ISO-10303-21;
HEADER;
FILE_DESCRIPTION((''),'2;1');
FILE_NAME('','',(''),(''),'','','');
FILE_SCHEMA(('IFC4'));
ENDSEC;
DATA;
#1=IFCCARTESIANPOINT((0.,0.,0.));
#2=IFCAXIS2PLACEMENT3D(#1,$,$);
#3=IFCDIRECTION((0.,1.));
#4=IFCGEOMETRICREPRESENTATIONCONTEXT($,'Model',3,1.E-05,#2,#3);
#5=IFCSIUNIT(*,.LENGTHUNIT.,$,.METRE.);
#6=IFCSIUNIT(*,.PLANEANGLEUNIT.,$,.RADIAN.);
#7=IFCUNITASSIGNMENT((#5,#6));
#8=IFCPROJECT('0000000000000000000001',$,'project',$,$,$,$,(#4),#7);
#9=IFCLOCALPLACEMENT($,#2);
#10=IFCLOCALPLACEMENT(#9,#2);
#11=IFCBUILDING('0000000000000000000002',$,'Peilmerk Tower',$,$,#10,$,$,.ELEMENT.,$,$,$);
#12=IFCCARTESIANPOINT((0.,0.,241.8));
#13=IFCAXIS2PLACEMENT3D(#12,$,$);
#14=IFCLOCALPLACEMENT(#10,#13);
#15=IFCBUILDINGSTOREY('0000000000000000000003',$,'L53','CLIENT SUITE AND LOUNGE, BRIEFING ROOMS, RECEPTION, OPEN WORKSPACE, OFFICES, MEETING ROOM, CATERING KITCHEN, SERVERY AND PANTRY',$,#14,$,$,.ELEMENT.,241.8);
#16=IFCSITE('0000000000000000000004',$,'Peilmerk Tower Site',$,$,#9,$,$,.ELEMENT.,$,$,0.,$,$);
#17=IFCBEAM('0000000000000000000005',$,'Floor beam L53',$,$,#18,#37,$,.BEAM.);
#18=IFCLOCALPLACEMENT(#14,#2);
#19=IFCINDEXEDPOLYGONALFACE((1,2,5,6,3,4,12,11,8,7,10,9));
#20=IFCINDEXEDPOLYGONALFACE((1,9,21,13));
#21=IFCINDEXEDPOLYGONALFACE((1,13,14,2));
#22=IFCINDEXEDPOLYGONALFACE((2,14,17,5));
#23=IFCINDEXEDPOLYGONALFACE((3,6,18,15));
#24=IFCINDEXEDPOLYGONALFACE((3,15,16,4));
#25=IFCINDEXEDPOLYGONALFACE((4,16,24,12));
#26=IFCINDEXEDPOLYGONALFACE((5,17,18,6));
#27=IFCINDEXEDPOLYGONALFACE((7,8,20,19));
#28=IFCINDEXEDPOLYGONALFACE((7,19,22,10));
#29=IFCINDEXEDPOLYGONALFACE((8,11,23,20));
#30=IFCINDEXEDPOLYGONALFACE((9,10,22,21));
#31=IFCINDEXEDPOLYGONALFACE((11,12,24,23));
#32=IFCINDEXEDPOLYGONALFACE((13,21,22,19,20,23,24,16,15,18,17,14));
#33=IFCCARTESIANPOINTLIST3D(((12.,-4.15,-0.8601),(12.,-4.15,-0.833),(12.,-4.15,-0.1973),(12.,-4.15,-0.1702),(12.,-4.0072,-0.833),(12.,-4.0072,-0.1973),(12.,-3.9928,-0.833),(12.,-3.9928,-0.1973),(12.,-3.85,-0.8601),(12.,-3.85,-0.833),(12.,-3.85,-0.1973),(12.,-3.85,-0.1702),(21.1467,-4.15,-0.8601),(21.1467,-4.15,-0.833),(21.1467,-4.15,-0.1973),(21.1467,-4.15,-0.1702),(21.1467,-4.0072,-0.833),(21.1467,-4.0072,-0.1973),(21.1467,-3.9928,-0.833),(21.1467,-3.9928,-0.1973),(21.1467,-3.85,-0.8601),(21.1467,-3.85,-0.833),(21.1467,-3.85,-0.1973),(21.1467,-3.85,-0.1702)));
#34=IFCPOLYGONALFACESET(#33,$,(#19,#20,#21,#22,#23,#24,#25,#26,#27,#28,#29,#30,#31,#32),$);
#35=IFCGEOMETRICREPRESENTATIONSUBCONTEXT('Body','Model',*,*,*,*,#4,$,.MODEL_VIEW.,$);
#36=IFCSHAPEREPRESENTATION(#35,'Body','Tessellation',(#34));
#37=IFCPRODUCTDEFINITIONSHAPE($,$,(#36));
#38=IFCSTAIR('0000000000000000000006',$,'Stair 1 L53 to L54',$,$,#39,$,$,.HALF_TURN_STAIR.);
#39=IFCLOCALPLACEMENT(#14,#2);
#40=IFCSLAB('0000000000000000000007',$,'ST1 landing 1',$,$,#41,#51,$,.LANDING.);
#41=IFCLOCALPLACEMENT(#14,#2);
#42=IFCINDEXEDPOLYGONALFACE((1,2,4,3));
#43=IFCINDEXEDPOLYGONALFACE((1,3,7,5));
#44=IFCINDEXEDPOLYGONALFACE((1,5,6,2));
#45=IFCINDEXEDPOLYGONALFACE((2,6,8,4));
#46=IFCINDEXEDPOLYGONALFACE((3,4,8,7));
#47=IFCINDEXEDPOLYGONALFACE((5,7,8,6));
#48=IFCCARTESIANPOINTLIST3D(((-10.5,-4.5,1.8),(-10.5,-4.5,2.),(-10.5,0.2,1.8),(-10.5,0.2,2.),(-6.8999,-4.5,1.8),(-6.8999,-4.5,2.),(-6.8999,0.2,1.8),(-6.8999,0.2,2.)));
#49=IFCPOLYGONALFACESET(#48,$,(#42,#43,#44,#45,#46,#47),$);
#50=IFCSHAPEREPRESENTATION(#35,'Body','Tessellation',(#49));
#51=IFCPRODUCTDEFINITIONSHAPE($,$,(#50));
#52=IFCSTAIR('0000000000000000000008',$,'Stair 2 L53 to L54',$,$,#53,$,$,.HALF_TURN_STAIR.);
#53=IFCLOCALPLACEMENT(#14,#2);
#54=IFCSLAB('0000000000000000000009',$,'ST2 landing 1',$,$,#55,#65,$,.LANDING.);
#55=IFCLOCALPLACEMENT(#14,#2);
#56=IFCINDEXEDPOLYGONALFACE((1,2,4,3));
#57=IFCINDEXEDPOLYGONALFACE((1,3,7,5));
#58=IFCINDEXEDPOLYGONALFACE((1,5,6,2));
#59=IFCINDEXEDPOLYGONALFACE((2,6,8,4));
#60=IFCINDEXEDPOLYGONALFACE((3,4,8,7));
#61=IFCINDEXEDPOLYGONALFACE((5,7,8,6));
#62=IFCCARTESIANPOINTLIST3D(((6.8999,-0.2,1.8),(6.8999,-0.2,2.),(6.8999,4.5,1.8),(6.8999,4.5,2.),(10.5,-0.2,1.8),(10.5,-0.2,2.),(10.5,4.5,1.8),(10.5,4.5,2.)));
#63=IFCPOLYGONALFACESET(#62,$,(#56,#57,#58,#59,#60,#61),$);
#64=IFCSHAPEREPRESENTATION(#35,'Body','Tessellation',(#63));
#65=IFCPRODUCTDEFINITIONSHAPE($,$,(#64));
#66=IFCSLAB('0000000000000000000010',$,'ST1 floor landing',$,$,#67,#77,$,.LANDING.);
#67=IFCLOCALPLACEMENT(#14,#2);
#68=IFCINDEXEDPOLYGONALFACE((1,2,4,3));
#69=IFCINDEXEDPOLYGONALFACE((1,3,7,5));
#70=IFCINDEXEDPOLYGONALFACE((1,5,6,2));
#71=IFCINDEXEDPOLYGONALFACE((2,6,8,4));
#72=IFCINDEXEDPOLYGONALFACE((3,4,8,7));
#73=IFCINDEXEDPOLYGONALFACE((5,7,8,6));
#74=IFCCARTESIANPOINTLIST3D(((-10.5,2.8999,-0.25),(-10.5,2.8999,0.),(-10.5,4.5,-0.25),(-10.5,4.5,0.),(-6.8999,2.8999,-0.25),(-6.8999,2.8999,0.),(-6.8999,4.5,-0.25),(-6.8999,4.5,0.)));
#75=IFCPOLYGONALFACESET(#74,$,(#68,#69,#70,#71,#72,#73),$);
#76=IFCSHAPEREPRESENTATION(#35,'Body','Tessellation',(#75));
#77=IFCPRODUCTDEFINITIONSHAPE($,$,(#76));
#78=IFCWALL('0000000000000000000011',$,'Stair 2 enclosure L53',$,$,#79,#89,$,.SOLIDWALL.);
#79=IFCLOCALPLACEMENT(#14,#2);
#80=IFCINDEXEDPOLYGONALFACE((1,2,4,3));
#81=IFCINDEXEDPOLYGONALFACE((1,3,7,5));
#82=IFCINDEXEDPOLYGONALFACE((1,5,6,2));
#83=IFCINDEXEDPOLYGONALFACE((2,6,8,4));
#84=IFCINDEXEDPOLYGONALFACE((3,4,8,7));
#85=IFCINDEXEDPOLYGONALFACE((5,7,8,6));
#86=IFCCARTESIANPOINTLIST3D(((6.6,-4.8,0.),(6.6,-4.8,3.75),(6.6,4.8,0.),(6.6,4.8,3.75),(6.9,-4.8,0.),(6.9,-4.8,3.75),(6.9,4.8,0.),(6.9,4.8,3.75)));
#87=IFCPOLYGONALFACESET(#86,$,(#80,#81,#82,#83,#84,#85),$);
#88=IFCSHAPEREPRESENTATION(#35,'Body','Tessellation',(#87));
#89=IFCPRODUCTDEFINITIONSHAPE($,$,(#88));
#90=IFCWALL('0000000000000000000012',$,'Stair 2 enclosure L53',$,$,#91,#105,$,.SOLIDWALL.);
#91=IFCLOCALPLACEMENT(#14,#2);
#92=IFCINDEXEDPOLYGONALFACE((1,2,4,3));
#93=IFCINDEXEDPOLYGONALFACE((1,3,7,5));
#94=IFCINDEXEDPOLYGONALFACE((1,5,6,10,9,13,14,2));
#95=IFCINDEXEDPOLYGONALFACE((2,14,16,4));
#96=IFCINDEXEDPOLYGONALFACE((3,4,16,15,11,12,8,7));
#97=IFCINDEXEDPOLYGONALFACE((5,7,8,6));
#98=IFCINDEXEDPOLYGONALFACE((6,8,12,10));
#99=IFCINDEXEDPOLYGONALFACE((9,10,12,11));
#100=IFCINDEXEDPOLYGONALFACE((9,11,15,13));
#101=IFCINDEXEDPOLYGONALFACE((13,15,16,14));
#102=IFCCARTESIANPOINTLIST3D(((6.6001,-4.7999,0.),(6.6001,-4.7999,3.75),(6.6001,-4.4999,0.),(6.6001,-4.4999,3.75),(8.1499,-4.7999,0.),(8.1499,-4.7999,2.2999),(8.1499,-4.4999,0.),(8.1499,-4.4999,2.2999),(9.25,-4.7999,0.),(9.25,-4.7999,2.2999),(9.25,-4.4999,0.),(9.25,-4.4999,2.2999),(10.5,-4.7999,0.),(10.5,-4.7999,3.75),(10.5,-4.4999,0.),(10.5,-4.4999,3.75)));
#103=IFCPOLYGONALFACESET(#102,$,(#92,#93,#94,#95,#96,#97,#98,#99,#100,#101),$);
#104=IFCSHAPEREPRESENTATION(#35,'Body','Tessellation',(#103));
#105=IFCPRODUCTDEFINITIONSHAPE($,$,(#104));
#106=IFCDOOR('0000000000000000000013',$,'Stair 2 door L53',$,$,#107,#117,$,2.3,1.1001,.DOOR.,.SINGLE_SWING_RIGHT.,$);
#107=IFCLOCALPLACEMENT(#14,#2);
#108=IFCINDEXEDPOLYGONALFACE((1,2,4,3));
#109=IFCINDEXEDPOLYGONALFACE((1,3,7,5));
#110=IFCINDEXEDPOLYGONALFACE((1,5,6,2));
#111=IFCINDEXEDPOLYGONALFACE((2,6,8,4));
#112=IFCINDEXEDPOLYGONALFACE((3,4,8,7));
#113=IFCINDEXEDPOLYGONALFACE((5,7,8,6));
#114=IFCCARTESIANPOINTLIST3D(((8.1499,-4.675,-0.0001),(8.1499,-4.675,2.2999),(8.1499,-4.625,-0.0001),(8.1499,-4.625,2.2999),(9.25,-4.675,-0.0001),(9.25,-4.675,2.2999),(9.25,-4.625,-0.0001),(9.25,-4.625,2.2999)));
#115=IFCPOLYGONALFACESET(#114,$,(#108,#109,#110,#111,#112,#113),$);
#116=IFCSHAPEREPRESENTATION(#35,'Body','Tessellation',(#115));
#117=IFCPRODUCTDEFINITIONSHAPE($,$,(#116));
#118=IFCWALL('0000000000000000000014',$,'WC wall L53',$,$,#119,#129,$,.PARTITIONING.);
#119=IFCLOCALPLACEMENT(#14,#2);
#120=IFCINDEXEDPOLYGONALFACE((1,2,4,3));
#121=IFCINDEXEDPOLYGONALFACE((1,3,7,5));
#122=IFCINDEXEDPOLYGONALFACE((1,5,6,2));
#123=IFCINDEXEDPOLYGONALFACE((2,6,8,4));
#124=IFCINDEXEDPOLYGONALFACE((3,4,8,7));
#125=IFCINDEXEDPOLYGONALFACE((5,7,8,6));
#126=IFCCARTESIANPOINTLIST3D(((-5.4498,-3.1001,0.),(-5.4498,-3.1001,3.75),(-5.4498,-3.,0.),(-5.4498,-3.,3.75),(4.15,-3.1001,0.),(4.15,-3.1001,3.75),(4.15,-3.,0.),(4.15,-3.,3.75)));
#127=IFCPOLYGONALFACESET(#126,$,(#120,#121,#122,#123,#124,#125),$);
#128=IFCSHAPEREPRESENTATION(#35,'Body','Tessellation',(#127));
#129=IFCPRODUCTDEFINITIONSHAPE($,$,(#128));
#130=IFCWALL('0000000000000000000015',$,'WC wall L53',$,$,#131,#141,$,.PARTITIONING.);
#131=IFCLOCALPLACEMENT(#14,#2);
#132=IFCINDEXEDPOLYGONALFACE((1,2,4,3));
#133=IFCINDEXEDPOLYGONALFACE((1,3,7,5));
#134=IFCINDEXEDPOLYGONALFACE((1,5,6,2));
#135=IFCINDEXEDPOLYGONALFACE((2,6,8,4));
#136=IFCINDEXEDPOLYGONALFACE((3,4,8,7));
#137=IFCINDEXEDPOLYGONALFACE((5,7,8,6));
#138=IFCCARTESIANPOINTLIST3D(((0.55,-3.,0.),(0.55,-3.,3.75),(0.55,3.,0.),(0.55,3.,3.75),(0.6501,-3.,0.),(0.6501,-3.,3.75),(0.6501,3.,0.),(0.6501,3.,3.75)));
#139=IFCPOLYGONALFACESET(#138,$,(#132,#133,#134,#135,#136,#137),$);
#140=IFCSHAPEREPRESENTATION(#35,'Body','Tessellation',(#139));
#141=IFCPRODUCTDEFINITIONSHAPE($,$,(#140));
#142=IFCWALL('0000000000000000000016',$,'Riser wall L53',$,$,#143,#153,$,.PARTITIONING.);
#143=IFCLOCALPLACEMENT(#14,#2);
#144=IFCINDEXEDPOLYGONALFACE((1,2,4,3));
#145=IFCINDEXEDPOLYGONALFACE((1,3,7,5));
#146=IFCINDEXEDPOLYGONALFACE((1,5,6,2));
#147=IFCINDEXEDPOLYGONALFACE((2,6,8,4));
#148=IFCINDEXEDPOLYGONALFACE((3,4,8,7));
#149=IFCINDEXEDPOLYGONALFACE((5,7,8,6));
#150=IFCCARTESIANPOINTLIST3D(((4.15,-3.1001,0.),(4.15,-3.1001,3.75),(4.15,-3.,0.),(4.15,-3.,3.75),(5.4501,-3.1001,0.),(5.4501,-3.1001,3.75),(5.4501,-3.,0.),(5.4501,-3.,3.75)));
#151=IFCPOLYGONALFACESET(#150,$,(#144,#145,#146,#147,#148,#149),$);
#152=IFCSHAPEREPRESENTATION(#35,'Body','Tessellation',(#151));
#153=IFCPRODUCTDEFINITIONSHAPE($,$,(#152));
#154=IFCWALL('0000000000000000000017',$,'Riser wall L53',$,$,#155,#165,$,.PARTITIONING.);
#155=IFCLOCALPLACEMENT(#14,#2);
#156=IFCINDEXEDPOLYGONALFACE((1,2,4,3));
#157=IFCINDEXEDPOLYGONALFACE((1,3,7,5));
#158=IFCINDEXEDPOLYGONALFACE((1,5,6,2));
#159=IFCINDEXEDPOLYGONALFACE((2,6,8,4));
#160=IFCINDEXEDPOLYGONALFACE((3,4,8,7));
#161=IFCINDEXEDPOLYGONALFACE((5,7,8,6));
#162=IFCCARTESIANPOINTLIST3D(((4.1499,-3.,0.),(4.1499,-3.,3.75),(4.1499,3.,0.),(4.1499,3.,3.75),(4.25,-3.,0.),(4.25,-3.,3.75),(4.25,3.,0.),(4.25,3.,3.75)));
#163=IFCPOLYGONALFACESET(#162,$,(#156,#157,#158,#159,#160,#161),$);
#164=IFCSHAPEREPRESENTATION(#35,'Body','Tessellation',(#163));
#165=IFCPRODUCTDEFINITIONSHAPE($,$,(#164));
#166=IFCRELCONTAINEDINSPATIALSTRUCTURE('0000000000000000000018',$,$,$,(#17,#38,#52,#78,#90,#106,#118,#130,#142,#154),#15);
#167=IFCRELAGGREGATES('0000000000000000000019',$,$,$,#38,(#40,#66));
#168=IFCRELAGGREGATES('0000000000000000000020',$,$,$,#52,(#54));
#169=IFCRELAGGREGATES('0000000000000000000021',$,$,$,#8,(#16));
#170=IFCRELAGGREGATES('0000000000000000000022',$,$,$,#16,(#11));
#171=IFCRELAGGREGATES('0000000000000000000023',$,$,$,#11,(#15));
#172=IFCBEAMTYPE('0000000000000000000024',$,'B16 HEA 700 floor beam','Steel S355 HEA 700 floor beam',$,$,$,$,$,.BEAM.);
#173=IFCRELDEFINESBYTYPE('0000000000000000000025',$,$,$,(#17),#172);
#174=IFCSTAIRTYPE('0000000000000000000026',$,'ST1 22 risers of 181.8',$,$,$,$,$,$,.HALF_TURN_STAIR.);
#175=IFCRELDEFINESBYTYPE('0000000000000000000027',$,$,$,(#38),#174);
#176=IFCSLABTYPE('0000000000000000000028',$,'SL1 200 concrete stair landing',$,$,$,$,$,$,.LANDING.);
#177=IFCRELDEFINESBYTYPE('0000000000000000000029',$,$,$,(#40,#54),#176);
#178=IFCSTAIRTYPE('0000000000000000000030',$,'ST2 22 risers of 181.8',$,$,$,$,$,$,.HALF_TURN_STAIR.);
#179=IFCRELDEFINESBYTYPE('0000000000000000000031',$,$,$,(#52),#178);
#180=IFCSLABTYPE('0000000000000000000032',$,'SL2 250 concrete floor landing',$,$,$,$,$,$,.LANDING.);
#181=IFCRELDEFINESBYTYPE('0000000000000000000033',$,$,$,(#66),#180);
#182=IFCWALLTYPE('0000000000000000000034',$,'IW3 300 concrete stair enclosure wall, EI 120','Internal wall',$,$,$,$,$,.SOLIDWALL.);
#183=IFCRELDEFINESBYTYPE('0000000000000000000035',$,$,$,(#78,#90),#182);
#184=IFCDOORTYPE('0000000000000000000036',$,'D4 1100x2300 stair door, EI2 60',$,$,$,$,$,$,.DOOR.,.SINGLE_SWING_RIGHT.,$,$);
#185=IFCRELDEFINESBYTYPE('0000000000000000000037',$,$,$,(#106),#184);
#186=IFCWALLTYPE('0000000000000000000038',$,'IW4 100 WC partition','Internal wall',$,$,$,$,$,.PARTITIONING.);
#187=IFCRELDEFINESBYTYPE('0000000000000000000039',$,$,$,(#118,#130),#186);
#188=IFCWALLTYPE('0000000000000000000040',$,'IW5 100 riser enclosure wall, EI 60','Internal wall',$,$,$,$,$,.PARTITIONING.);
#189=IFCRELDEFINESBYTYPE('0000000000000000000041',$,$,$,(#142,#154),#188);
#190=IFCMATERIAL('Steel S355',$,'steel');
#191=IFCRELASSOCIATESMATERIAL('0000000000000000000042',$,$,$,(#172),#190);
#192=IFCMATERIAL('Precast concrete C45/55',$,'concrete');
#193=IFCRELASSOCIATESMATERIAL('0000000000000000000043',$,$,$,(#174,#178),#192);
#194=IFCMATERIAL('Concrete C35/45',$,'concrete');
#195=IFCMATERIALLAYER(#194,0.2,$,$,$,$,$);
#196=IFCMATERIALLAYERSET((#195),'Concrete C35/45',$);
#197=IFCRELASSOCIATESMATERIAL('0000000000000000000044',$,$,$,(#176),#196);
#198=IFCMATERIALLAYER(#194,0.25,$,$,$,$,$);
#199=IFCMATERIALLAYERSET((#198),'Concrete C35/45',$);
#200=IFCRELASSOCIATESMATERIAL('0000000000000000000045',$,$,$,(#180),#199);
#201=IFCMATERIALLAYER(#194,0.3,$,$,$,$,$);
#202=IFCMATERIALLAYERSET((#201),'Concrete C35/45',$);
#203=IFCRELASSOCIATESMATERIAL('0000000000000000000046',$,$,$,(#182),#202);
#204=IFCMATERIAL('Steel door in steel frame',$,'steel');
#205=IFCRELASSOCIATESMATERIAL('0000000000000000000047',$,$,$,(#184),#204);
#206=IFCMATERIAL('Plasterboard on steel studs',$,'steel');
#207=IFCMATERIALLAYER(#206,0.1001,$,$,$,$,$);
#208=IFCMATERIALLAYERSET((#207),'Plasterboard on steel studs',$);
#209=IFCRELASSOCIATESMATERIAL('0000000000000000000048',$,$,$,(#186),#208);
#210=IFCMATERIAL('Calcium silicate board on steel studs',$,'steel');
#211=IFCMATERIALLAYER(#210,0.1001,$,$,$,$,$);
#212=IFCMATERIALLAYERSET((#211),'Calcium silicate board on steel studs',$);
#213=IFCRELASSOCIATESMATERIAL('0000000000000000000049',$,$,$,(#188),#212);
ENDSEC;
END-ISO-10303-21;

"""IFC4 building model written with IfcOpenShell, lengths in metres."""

from ifc_helpers import new_model, si_unit, direction, frame, frame_2d, origin, origin_2d, place, context, subcontext, project, spatial, polyline, rectangle, i_section, outline, extrude, material, layer, layer_set, material_profile, profile_set, type_object, element, fill, aggregate, save


model = new_model("IFC4")

# Units and contexts
model_context = context("Model", 3, precision=1e-05, world=origin(), true_north=direction((0.0, 1.0)))
body_context = subcontext(model_context, "Body", "Model", "MODEL_VIEW")
ifc_project = project(units=[si_unit("LENGTHUNIT", "METRE"), si_unit("PLANEANGLEUNIT", "RADIAN")], contexts=[model_context])

# Site, building, storey
site_placement = place(None, origin())
site = spatial("IfcSite", under=ifc_project, at=site_placement, Name="Peilmerk Tower Site", CompositionType="ELEMENT", RefElevation=0.0)
building_placement = place(site_placement, origin())
building = spatial("IfcBuilding", under=site, at=building_placement, Name="Peilmerk Tower", CompositionType="ELEMENT")
storey_placement = place(building_placement, frame((0.0, 0.0, 241.8)))
storey = spatial("IfcBuildingStorey", under=building, at=storey_placement, Name="L53", Description="CLIENT SUITE AND LOUNGE, BRIEFING ROOMS, RECEPTION, OPEN WORKSPACE, OFFICES, MEETING ROOM, CATERING KITCHEN, SERVERY AND PANTRY", CompositionType="ELEMENT", Elevation=241.8)

# Beam
ifc_material_1 = material(Name="Steel S355", Category="steel")
ifc_material_profile = material_profile(ifc_material_1, i_section(OverallWidth=0.3, OverallDepth=0.6899, WebThickness=0.0144, FlangeThickness=0.0271, at=origin_2d()), Name="HEA 700")
ifc_profile_set = profile_set([ifc_material_profile], Name="Steel S355")
beam_type = type_object("IfcBeamType", Name="B16 HEA 700 floor beam", Description="Steel S355 HEA 700 floor beam", PredefinedType="BEAM", material=ifc_profile_set)
beam_placement = place(storey_placement, frame((12.0, -4.0, -0.5151), z_axis=(1.0, 0.0, 0.0), x_axis=(0.0, 1.0, 0.0)))
element("IfcBeam", 1, at=beam_placement, inside=storey, type_object=beam_type, Name="Floor beam L53", PredefinedType="BEAM", context=body_context, shape_type="SweptSolid", body=[
    extrude(i_section(OverallWidth=0.3, OverallDepth=0.6899, WebThickness=0.0144, FlangeThickness=0.0271, at=origin_2d()), origin(), (0.0, 0.0, 1.0), 9.1467),
])

# Stairs, slabs
ifc_material_2 = material(Name="Precast concrete C45/55", Category="concrete")
stair_type_1 = type_object("IfcStairType", Name="ST1 22 risers of 181.8", PredefinedType="HALF_TURN_STAIR", material=ifc_material_2)
stair_1_placement = place(storey_placement, origin())
stair_1 = element("IfcStair", 2, at=stair_1_placement, inside=storey, type_object=stair_type_1, Name="Stair 1 L53 to L54", PredefinedType="HALF_TURN_STAIR")
ifc_material_3 = material(Name="Concrete C35/45", Category="concrete")
ifc_layer_1 = layer(ifc_material_3, 0.2)
ifc_layer_set_1 = layer_set([ifc_layer_1], Name="Concrete C35/45")
slab_type_1 = type_object("IfcSlabType", Name="SL1 200 concrete stair landing", PredefinedType="LANDING", material=ifc_layer_set_1)
slab_1_placement = place(storey_placement, frame((0.0, 0.0, 1.8)))
slab_1 = element("IfcSlab", 3, at=slab_1_placement, type_object=slab_type_1, Name="ST1 landing 1", PredefinedType="LANDING", context=body_context, shape_type="SweptSolid", body=[
    extrude(outline(polyline([(-10.5, -4.5), (-6.8999, -4.5), (-6.8999, 0.2), (-10.5, 0.2), (-10.5, -4.5)])), origin(), (0.0, 0.0, 1.0), 0.2),
])
stair_type_2 = type_object("IfcStairType", Name="ST2 22 risers of 181.8", PredefinedType="HALF_TURN_STAIR", material=ifc_material_2)
stair_2_placement = place(storey_placement, origin())
stair_2 = element("IfcStair", 4, at=stair_2_placement, inside=storey, type_object=stair_type_2, Name="Stair 2 L53 to L54", PredefinedType="HALF_TURN_STAIR")
slab_2_placement = place(storey_placement, frame((0.0, 0.0, 1.8)))
slab_2 = element("IfcSlab", 5, at=slab_2_placement, type_object=slab_type_1, Name="ST2 landing 1", PredefinedType="LANDING", context=body_context, shape_type="SweptSolid", body=[
    extrude(outline(polyline([(6.8999, -0.2), (10.5, -0.2), (10.5, 4.5), (6.8999, 4.5), (6.8999, -0.2)])), origin(), (0.0, 0.0, 1.0), 0.2),
])

# Slab
ifc_layer_2 = layer(ifc_material_3, 0.25)
ifc_layer_set_2 = layer_set([ifc_layer_2], Name="Concrete C35/45")
slab_type_2 = type_object("IfcSlabType", Name="SL2 250 concrete floor landing", PredefinedType="LANDING", material=ifc_layer_set_2)
slab_3_placement = place(storey_placement, frame((0.0, 0.0, -0.25)))
slab_3 = element("IfcSlab", 6, at=slab_3_placement, type_object=slab_type_2, Name="ST1 floor landing", PredefinedType="LANDING", context=body_context, shape_type="SweptSolid", body=[
    extrude(outline(polyline([(-10.5, 2.8999), (-6.8999, 2.8999), (-6.8999, 4.5), (-10.5, 4.5), (-10.5, 2.8999)])), origin(), (0.0, 0.0, 1.0), 0.25),
])
aggregate(stair_1, [slab_1, slab_3])

# Wall
ifc_layer_3 = layer(ifc_material_3, 0.3)
ifc_layer_set_3 = layer_set([ifc_layer_3], Name="Concrete C35/45")
wall_type_1 = type_object("IfcWallType", Name="IW3 300 concrete stair enclosure wall, EI 120", Description="Internal wall", PredefinedType="SOLIDWALL", material=ifc_layer_set_3)
wall_1_placement = place(storey_placement, frame((6.75, -4.8, 0.0), z_axis=(0.0, 0.0, 1.0), x_axis=(0.0, 1.0, 0.0)))
element("IfcWall", 7, at=wall_1_placement, inside=storey, type_object=wall_type_1, Name="Stair 2 enclosure L53", PredefinedType="SOLIDWALL", context=body_context, shape_type="SweptSolid", body=[
    extrude(rectangle(XDim=9.6001, YDim=0.3, at=frame_2d((4.8, 0.0))), origin(), (0.0, 0.0, 1.0), 3.75),
])

# Wall, opening, door
wall_2_placement = place(storey_placement, frame((10.5, -4.6499, 0.0), z_axis=(0.0, 0.0, 1.0), x_axis=(-1.0, 0.0, 0.0)))
wall_2 = element("IfcWall", 8, at=wall_2_placement, inside=storey, type_object=wall_type_1, Name="Stair 2 enclosure L53", PredefinedType="SOLIDWALL", context=body_context, shape_type="SweptSolid", body=[
    extrude(rectangle(XDim=3.8999, YDim=0.3, at=frame_2d((1.95, 0.0))), origin(), (0.0, 0.0, 1.0), 3.75),
])
opening_1_placement = place(wall_2_placement, frame((1.25, 0.0, 0.0)))
opening_1 = element("IfcOpeningElement", 9, at=opening_1_placement, cuts=wall_2, PredefinedType="OPENING", context=body_context, shape_type="SweptSolid", body=[
    extrude(rectangle(XDim=1.1001, YDim=2.3, at=frame_2d((0.55, 1.1499))), frame((0.0, 0.1599, 0.0), z_axis=(0.0, -1.0, 0.0), x_axis=(1.0, 0.0, 0.0)), (0.0, 0.0, 1.0), 0.3201),
])
ifc_material_4 = material(Name="Steel door in steel frame", Category="steel")
door_type_1 = type_object("IfcDoorType", Name="D4 1100x2300 stair door, EI2 60", OperationType="SINGLE_SWING_RIGHT", PredefinedType="DOOR", material=ifc_material_4)
door_1_placement = place(opening_1_placement, frame((1.1001, 0.0, 0.0), z_axis=(0.0, 0.0, 1.0), x_axis=(-1.0, 0.0, 0.0)))
door_1 = element("IfcDoor", 10, at=door_1_placement, inside=storey, type_object=door_type_1, Name="Stair 2 door L53", OperationType="SINGLE_SWING_RIGHT", OverallHeight=2.3, OverallWidth=1.1001, PredefinedType="DOOR", context=body_context, shape_type="SweptSolid", body=[
    extrude(rectangle(XDim=1.1001, YDim=2.3, at=frame_2d((0.55, 1.1499))), frame((0.0, 0.0249, 0.0), z_axis=(0.0, -1.0, 0.0), x_axis=(1.0, 0.0, 0.0)), (0.0, 0.0, 1.0), 0.05),
])
fill(opening_1, door_1)

# Walls
ifc_material_5 = material(Name="Plasterboard on steel studs", Category="steel")
ifc_layer_4 = layer(ifc_material_5, 0.1001)
ifc_layer_set_4 = layer_set([ifc_layer_4], Name="Plasterboard on steel studs")
wall_type_2 = type_object("IfcWallType", Name="IW4 100 WC partition", Description="Internal wall", PredefinedType="PARTITIONING", material=ifc_layer_set_4)
wall_3_placement = place(storey_placement, frame((4.1499, -3.05, 0.0), z_axis=(0.0, 0.0, 1.0), x_axis=(-1.0, 0.0, 0.0)))
element("IfcWall", 11, at=wall_3_placement, inside=storey, type_object=wall_type_2, Name="WC wall L53", PredefinedType="PARTITIONING", context=body_context, shape_type="SweptSolid", body=[
    extrude(rectangle(XDim=9.5999, YDim=0.1001, at=frame_2d((4.7998, 0.0))), origin(), (0.0, 0.0, 1.0), 3.75),
])
wall_4_placement = place(storey_placement, frame((0.6001, -3.0, 0.0), z_axis=(0.0, 0.0, 1.0), x_axis=(0.0, 1.0, 0.0)))
element("IfcWall", 12, at=wall_4_placement, inside=storey, type_object=wall_type_2, Name="WC wall L53", PredefinedType="PARTITIONING", context=body_context, shape_type="SweptSolid", body=[
    extrude(rectangle(XDim=6.0, YDim=0.1001, at=frame_2d((3.0, 0.0))), origin(), (0.0, 0.0, 1.0), 3.75),
])
ifc_material_6 = material(Name="Calcium silicate board on steel studs", Category="steel")
ifc_layer_5 = layer(ifc_material_6, 0.1001)
ifc_layer_set_5 = layer_set([ifc_layer_5], Name="Calcium silicate board on steel studs")
wall_type_3 = type_object("IfcWallType", Name="IW5 100 riser enclosure wall, EI 60", Description="Internal wall", PredefinedType="PARTITIONING", material=ifc_layer_set_5)
wall_5_placement = place(storey_placement, frame((5.45, -3.05, 0.0), z_axis=(0.0, 0.0, 1.0), x_axis=(-1.0, 0.0, 0.0)))
element("IfcWall", 13, at=wall_5_placement, inside=storey, type_object=wall_type_3, Name="Riser wall L53", PredefinedType="PARTITIONING", context=body_context, shape_type="SweptSolid", body=[
    extrude(rectangle(XDim=1.3, YDim=0.1001, at=frame_2d((0.6499, 0.0))), origin(), (0.0, 0.0, 1.0), 3.75),
])
wall_6_placement = place(storey_placement, frame((4.2, -3.0, 0.0), z_axis=(0.0, 0.0, 1.0), x_axis=(0.0, 1.0, 0.0)))
element("IfcWall", 14, at=wall_6_placement, inside=storey, type_object=wall_type_3, Name="Riser wall L53", PredefinedType="PARTITIONING", context=body_context, shape_type="SweptSolid", body=[
    extrude(rectangle(XDim=6.0, YDim=0.1001, at=frame_2d((3.0, 0.0))), origin(), (0.0, 0.0, 1.0), 3.75),
])

aggregate(stair_2, [slab_2])

save(model, "model.ifc")
